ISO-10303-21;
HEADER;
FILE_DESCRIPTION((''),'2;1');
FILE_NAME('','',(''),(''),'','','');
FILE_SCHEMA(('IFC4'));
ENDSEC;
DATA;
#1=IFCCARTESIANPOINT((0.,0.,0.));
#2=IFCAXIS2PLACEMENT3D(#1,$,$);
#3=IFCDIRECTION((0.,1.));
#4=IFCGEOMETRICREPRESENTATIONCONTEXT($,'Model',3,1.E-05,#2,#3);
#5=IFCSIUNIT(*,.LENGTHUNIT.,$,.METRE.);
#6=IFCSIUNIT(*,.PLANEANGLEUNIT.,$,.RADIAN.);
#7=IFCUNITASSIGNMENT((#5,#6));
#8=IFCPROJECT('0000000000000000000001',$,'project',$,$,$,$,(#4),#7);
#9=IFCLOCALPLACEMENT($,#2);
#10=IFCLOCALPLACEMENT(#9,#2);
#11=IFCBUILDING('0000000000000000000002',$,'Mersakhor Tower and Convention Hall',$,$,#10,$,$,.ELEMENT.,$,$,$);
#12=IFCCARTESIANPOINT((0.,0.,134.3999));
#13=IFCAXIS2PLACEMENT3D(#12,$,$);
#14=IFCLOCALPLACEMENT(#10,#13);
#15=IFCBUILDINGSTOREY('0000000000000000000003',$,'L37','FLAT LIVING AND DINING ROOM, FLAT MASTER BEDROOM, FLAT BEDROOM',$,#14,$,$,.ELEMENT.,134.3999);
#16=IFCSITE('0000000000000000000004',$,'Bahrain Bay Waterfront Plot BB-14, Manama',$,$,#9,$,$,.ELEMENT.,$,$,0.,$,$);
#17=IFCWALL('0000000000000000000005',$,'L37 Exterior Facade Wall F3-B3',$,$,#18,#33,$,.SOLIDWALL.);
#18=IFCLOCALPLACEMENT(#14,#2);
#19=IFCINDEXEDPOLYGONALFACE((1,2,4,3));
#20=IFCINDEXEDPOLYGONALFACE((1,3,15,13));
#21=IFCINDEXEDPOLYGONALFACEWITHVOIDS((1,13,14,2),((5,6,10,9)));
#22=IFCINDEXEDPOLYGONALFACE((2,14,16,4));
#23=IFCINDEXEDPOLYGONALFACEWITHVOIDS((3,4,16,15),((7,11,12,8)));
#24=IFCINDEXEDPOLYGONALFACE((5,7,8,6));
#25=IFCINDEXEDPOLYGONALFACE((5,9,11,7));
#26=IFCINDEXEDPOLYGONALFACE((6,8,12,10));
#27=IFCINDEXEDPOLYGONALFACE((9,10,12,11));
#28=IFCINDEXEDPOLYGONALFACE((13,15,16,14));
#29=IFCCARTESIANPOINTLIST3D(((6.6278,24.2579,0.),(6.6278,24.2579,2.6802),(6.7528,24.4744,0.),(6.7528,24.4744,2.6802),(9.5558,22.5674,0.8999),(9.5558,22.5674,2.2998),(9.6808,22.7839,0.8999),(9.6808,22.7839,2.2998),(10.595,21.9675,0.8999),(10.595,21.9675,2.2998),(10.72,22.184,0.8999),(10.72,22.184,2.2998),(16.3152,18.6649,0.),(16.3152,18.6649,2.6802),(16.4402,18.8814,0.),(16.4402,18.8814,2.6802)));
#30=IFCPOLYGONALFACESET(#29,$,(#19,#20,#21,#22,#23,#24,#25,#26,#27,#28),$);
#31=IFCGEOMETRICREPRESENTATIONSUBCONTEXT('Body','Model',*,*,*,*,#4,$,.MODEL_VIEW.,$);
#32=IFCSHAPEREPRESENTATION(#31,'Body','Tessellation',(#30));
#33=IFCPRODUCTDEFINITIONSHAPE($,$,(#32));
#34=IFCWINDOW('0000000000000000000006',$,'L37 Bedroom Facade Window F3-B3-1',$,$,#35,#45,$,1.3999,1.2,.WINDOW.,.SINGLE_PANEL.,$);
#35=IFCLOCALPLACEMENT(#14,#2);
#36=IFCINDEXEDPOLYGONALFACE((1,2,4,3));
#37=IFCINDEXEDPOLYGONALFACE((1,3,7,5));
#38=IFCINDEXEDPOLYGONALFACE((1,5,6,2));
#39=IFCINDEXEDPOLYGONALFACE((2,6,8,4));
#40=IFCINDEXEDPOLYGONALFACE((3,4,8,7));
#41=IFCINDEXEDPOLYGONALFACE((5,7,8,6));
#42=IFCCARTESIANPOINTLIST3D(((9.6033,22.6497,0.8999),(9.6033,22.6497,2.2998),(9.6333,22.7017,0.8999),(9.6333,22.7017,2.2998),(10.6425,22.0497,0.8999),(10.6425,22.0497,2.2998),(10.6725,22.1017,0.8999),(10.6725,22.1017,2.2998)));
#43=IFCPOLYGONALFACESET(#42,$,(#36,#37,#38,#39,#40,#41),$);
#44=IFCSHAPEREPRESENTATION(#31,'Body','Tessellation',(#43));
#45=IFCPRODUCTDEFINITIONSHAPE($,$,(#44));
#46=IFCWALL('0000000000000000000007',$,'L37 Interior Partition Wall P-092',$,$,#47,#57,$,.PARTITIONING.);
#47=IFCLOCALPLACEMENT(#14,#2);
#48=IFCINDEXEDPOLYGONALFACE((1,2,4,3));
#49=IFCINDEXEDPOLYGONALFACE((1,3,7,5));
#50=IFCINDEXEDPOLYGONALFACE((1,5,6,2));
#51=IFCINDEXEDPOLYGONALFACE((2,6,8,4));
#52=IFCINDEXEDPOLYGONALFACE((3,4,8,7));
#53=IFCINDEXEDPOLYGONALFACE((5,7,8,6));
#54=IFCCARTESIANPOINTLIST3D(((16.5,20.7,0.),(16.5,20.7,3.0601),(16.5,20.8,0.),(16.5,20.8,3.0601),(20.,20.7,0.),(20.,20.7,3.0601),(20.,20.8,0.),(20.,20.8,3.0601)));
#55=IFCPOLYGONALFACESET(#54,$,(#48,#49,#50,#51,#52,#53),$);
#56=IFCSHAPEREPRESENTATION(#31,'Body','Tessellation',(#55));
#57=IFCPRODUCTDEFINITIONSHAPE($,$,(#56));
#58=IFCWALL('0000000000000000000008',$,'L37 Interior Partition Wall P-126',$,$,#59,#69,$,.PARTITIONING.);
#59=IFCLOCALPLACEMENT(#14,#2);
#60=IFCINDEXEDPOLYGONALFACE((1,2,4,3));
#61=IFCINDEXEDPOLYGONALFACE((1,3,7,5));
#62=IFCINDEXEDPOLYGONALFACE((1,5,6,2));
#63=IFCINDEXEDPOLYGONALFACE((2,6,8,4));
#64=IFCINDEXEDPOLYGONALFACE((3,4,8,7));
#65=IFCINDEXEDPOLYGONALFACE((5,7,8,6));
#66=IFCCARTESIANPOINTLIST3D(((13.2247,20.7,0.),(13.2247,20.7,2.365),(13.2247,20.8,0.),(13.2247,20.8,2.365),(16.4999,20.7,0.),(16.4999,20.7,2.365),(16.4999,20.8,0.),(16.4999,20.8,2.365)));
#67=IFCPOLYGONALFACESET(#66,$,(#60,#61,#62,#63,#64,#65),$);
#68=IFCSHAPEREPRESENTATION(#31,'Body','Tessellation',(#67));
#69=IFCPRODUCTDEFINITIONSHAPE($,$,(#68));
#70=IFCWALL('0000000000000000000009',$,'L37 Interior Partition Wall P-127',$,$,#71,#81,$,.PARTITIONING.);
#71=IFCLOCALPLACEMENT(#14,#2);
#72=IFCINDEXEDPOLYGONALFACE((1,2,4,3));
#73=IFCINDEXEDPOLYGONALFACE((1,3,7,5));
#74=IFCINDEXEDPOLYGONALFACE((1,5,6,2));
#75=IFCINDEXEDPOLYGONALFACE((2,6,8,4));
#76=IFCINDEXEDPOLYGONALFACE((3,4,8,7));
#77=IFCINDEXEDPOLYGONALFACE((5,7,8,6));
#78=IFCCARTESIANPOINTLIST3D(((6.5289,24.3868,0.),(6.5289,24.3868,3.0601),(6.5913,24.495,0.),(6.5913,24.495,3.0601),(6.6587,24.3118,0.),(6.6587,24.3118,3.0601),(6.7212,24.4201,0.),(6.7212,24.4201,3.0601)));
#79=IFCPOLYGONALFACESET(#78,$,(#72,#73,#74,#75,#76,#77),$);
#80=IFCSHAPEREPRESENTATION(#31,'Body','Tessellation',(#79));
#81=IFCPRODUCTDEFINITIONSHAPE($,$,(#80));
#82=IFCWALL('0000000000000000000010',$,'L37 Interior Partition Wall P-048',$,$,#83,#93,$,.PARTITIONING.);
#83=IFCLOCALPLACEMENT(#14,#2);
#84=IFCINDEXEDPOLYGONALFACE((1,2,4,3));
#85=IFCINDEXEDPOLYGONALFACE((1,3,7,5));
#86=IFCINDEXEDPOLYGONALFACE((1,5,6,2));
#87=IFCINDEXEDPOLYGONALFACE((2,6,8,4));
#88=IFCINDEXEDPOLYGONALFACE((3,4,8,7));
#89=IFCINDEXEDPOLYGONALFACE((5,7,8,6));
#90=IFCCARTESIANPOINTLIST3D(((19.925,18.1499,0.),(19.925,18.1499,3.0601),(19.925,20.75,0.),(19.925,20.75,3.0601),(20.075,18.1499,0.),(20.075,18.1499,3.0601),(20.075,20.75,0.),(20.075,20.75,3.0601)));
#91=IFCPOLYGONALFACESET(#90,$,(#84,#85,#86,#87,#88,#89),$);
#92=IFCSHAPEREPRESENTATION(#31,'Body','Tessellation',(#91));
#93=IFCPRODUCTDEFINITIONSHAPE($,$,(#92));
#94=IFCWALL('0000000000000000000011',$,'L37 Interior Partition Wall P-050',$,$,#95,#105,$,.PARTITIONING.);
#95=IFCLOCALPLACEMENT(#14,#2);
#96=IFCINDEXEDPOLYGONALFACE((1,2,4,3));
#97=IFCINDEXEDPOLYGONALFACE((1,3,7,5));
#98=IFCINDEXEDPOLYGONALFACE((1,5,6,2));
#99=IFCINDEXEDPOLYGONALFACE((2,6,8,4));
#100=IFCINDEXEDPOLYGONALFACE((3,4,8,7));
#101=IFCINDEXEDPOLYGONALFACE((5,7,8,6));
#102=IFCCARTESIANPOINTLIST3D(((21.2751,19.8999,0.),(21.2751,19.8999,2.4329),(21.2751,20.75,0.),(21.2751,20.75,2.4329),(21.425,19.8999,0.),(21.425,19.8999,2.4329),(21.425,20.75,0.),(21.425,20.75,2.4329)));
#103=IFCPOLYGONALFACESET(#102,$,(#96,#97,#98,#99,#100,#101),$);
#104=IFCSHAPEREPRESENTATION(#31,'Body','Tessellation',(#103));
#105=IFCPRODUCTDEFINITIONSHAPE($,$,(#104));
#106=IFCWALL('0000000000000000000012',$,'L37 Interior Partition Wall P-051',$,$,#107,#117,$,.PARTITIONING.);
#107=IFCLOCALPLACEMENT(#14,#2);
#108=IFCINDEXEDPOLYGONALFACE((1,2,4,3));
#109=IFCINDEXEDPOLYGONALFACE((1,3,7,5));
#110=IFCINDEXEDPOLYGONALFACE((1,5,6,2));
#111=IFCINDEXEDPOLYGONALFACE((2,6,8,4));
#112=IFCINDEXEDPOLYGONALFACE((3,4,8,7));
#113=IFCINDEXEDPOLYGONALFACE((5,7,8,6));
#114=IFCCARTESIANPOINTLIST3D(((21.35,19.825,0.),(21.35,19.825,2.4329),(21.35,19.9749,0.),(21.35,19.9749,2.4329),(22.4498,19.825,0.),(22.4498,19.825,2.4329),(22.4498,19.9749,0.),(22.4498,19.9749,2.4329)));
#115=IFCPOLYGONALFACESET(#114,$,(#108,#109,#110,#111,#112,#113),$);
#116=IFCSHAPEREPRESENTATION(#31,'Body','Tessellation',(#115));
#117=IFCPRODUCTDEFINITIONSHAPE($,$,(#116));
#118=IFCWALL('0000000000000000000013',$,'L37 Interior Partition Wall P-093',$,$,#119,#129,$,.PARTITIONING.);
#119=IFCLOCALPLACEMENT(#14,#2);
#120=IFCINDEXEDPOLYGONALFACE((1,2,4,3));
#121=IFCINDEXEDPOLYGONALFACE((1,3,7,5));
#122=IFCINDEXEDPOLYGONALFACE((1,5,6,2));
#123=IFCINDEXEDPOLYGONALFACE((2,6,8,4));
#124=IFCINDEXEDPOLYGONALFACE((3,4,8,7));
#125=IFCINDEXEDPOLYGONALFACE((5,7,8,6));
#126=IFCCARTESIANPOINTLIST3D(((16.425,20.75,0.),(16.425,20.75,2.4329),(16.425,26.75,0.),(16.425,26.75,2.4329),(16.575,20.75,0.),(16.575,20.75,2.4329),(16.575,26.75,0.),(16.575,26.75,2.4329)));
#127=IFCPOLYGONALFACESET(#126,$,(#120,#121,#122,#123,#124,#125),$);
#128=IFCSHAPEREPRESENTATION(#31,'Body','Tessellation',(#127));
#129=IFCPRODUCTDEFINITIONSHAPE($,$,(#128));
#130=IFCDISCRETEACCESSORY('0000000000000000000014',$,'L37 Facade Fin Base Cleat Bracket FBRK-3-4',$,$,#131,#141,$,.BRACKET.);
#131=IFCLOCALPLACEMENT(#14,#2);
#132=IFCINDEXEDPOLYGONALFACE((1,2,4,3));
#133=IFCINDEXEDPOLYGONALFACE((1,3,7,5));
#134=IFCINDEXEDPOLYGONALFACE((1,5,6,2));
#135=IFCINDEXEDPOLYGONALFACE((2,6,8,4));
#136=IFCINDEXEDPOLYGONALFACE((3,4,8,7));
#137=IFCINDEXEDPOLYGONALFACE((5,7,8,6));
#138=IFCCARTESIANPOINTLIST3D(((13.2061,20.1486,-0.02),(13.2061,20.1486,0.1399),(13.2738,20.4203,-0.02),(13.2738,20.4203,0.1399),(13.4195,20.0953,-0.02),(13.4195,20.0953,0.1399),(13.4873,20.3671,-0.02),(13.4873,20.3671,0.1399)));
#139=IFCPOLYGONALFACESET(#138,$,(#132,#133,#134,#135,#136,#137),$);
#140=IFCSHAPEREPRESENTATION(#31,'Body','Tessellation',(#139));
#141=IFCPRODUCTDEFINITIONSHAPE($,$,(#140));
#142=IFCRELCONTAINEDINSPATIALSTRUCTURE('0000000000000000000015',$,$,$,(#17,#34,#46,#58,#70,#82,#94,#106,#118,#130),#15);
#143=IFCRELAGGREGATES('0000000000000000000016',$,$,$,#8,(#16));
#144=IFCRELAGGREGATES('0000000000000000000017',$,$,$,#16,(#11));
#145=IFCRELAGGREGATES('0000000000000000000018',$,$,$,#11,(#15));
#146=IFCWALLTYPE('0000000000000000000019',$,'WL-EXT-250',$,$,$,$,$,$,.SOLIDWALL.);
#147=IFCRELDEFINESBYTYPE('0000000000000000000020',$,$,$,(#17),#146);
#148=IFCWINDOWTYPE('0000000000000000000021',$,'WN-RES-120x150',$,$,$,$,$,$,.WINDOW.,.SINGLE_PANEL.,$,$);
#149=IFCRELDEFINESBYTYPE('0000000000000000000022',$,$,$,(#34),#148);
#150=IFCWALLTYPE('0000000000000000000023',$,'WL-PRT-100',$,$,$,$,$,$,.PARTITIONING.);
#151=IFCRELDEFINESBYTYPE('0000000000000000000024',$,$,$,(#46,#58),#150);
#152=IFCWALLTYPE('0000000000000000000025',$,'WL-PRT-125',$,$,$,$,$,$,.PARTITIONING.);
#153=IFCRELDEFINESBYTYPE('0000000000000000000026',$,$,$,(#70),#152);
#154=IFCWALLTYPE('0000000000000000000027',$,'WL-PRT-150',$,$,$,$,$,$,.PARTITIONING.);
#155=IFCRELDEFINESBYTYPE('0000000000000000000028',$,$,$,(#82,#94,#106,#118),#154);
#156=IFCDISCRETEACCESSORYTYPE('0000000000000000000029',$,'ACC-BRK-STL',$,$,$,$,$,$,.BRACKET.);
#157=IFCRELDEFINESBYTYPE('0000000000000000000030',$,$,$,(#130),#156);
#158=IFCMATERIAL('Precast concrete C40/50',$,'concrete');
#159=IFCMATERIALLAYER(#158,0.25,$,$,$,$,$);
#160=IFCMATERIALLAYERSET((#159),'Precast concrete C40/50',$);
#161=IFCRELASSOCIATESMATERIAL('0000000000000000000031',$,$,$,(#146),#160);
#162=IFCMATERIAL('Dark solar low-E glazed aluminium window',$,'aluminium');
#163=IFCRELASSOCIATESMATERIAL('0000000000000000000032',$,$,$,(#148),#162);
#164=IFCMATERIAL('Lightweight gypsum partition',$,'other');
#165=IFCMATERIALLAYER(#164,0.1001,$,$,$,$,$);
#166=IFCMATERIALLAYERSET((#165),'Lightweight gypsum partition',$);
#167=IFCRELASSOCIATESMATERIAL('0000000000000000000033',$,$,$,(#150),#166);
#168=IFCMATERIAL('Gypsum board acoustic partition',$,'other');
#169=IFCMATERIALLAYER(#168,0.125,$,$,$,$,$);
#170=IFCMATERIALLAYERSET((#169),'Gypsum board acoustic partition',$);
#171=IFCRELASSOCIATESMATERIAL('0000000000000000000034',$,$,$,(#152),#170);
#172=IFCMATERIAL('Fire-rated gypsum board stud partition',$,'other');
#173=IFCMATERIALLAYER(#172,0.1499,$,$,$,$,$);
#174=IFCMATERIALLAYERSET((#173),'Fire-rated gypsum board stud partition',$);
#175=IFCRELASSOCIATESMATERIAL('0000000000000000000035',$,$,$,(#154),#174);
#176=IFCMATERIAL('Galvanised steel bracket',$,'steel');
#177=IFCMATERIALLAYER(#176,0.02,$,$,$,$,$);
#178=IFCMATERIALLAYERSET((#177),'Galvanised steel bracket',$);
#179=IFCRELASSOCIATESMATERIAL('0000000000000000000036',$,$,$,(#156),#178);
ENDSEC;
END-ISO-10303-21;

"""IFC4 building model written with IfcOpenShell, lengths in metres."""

from ifc_helpers import new_model, si_unit, direction, frame, frame_2d, origin, origin_2d, place, context, subcontext, project, spatial, rectangle, extrude, material, layer, layer_set, type_object, element, fill, save


model = new_model("IFC4")

# Units and contexts
model_context = context("Model", 3, precision=1e-05, world=origin(), true_north=direction((0.0, 1.0)))
body_context = subcontext(model_context, "Body", "Model", "MODEL_VIEW")
ifc_project = project(units=[si_unit("LENGTHUNIT", "METRE"), si_unit("PLANEANGLEUNIT", "RADIAN")], contexts=[model_context])

# Site, building, storey
site_placement = place(None, origin())
site = spatial("IfcSite", under=ifc_project, at=site_placement, Name="Bahrain Bay Waterfront Plot BB-14, Manama", CompositionType="ELEMENT", RefElevation=0.0)
building_placement = place(site_placement, origin())
building = spatial("IfcBuilding", under=site, at=building_placement, Name="Mersakhor Tower and Convention Hall", CompositionType="ELEMENT")
storey_placement = place(building_placement, frame((0.0, 0.0, 134.3999)))
storey = spatial("IfcBuildingStorey", under=building, at=storey_placement, Name="L37", Description="FLAT LIVING AND DINING ROOM, FLAT MASTER BEDROOM, FLAT BEDROOM", CompositionType="ELEMENT", Elevation=134.3999)

# Shared definitions
ifc_material_1 = material(Name="Precast concrete C40/50", Category="concrete")
ifc_layer_1 = layer(ifc_material_1, 0.25)
ifc_layer_set_1 = layer_set([ifc_layer_1], Name="Precast concrete C40/50")
wall_type_1 = type_object("IfcWallType", Name="WL-EXT-250", PredefinedType="SOLIDWALL", material=ifc_layer_set_1)

# Wall, opening, window
wall_1_placement = place(storey_placement, frame((16.3777, 18.7732, 0.0), z_axis=(0.0, 0.0, 1.0), x_axis=(-0.866028, 0.499996, 0.0)))
wall_1 = element("IfcWall", 1, at=wall_1_placement, inside=storey, type_object=wall_type_1, Name="L37 Exterior Facade Wall F3-B3", PredefinedType="SOLIDWALL", context=body_context, shape_type="SweptSolid", body=[
    extrude(rectangle(XDim=11.186, YDim=0.25, at=frame_2d((5.593, 0.0))), origin(), (0.0, 0.0, 1.0), 2.6802),
])
opening_1_placement = place(wall_1_placement, frame((6.605, 0.0, 0.8999)))
opening_1 = element("IfcOpeningElement", 2, at=opening_1_placement, cuts=wall_1, PredefinedType="OPENING", context=body_context, shape_type="SweptSolid", body=[
    extrude(rectangle(XDim=1.2, YDim=1.3999, at=frame_2d((0.6001, 0.7))), frame((0.0, 0.135, 0.0), z_axis=(0.0, -1.0, 0.0), x_axis=(1.0, 0.0, 0.0)), (0.0, 0.0, 1.0), 0.27),
])
ifc_material_2 = material(Name="Dark solar low-E glazed aluminium window", Category="aluminium")
window_type = type_object("IfcWindowType", Name="WN-RES-120x150", PartitioningType="SINGLE_PANEL", PredefinedType="WINDOW", material=ifc_material_2)
window_placement = place(opening_1_placement, origin())
window = element("IfcWindow", 3, at=window_placement, inside=storey, type_object=window_type, Name="L37 Bedroom Facade Window F3-B3-1", OverallHeight=1.3999, OverallWidth=1.2, PartitioningType="SINGLE_PANEL", PredefinedType="WINDOW", context=body_context, shape_type="SweptSolid", body=[
    extrude(rectangle(XDim=1.2, YDim=1.3999, at=frame_2d((0.6001, 0.7))), frame((0.0, 0.03, 0.0), z_axis=(0.0, -1.0, 0.0), x_axis=(1.0, 0.0, 0.0)), (0.0, 0.0, 1.0), 0.0601),
])
fill(opening_1, window)

# Walls
ifc_material_3 = material(Name="Lightweight gypsum partition", Category="other")
ifc_layer_2 = layer(ifc_material_3, 0.1001)
ifc_layer_set_2 = layer_set([ifc_layer_2], Name="Lightweight gypsum partition")
wall_type_2 = type_object("IfcWallType", Name="WL-PRT-100", PredefinedType="PARTITIONING", material=ifc_layer_set_2)
wall_2_placement = place(storey_placement, frame((20.0, 20.75, 0.0), z_axis=(0.0, 0.0, 1.0), x_axis=(-1.0, 0.0, 0.0)))
element("IfcWall", 4, at=wall_2_placement, inside=storey, type_object=wall_type_2, Name="L37 Interior Partition Wall P-092", PredefinedType="PARTITIONING", context=body_context, shape_type="SweptSolid", body=[
    extrude(rectangle(XDim=3.5, YDim=0.1001, at=frame_2d((1.75, 0.0))), origin(), (0.0, 0.0, 1.0), 3.0601),
])
wall_3_placement = place(storey_placement, frame((16.5, 20.75, 0.0), z_axis=(0.0, 0.0, 1.0), x_axis=(-1.0, 0.0, 0.0)))
element("IfcWall", 5, at=wall_3_placement, inside=storey, type_object=wall_type_2, Name="L37 Interior Partition Wall P-126", PredefinedType="PARTITIONING", context=body_context, shape_type="SweptSolid", body=[
    extrude(rectangle(XDim=3.2751, YDim=0.1001, at=frame_2d((1.6377, 0.0))), origin(), (0.0, 0.0, 1.0), 2.365),
])
ifc_material_4 = material(Name="Gypsum board acoustic partition", Category="other")
ifc_layer_3 = layer(ifc_material_4, 0.125)
ifc_layer_set_3 = layer_set([ifc_layer_3], Name="Gypsum board acoustic partition")
wall_type_3 = type_object("IfcWallType", Name="WL-PRT-125", PredefinedType="PARTITIONING", material=ifc_layer_set_3)
wall_4_placement = place(storey_placement, frame((6.6899, 24.366, 0.0), z_axis=(0.0, 0.0, 1.0), x_axis=(-0.866131, 0.499816, 0.0)))
element("IfcWall", 6, at=wall_4_placement, inside=storey, type_object=wall_type_3, Name="L37 Interior Partition Wall P-127", PredefinedType="PARTITIONING", context=body_context, shape_type="SweptSolid", body=[
    extrude(rectangle(XDim=0.1499, YDim=0.125, at=frame_2d((0.075, 0.0))), origin(), (0.0, 0.0, 1.0), 3.0601),
])
ifc_material_5 = material(Name="Fire-rated gypsum board stud partition", Category="other")
ifc_layer_4 = layer(ifc_material_5, 0.1499)
ifc_layer_set_4 = layer_set([ifc_layer_4], Name="Fire-rated gypsum board stud partition")
wall_type_4 = type_object("IfcWallType", Name="WL-PRT-150", PredefinedType="PARTITIONING", material=ifc_layer_set_4)
wall_5_placement = place(storey_placement, frame((20.0, 18.1499, 0.0), z_axis=(0.0, 0.0, 1.0), x_axis=(0.0, 1.0, 0.0)))
element("IfcWall", 7, at=wall_5_placement, inside=storey, type_object=wall_type_4, Name="L37 Interior Partition Wall P-048", PredefinedType="PARTITIONING", context=body_context, shape_type="SweptSolid", body=[
    extrude(rectangle(XDim=2.6001, YDim=0.1499, at=frame_2d((1.3, 0.0))), origin(), (0.0, 0.0, 1.0), 3.0601),
])

# Walls
wall_6_placement = place(storey_placement, frame((21.3501, 20.75, 0.0), z_axis=(0.0, 0.0, 1.0), x_axis=(0.0, -1.0, 0.0)))
element("IfcWall", 8, at=wall_6_placement, inside=storey, type_object=wall_type_4, Name="L37 Interior Partition Wall P-050", PredefinedType="PARTITIONING", context=body_context, shape_type="SweptSolid", body=[
    extrude(rectangle(XDim=0.8501, YDim=0.1499, at=frame_2d((0.425, 0.0))), origin(), (0.0, 0.0, 1.0), 2.4329),
])
wall_7_placement = place(storey_placement, frame((21.3501, 19.8999, 0.0), z_axis=(0.0, 0.0, 1.0), x_axis=(1.0, 0.0, 0.0)))
element("IfcWall", 9, at=wall_7_placement, inside=storey, type_object=wall_type_4, Name="L37 Interior Partition Wall P-051", PredefinedType="PARTITIONING", context=body_context, shape_type="SweptSolid", body=[
    extrude(rectangle(XDim=1.0999, YDim=0.1499, at=frame_2d((0.5498, 0.0))), origin(), (0.0, 0.0, 1.0), 2.4329),
])
wall_8_placement = place(storey_placement, frame((16.5, 20.75, 0.0), z_axis=(0.0, 0.0, 1.0), x_axis=(0.0, 1.0, 0.0)))
element("IfcWall", 10, at=wall_8_placement, inside=storey, type_object=wall_type_4, Name="L37 Interior Partition Wall P-093", PredefinedType="PARTITIONING", context=body_context, shape_type="SweptSolid", body=[
    extrude(rectangle(XDim=6.0, YDim=0.1499, at=frame_2d((3.0, 0.0))), origin(), (0.0, 0.0, 1.0), 2.4329),
])

# Discrete accessory
ifc_material_6 = material(Name="Galvanised steel bracket", Category="steel")
ifc_layer_5 = layer(ifc_material_6, 0.02)
ifc_layer_set_5 = layer_set([ifc_layer_5], Name="Galvanised steel bracket")
discrete_accessory_type = type_object("IfcDiscreteAccessoryType", Name="ACC-BRK-STL", PredefinedType="BRACKET", material=ifc_layer_set_5)
discrete_accessory_placement = place(storey_placement, frame((13.3467, 20.2578, -0.02), z_axis=(0.0, 0.0, 1.0), x_axis=(-0.241922, -0.970296, 0.0)))
element("IfcDiscreteAccessory", 11, at=discrete_accessory_placement, inside=storey, type_object=discrete_accessory_type, Name="L37 Facade Fin Base Cleat Bracket FBRK-3-4", PredefinedType="BRACKET", context=body_context, shape_type="SweptSolid", body=[
    extrude(rectangle(XDim=0.28, YDim=0.22, at=origin_2d()), origin(), (0.0, 0.0, 1.0), 0.1599),
])

save(model, "model.ifc")
